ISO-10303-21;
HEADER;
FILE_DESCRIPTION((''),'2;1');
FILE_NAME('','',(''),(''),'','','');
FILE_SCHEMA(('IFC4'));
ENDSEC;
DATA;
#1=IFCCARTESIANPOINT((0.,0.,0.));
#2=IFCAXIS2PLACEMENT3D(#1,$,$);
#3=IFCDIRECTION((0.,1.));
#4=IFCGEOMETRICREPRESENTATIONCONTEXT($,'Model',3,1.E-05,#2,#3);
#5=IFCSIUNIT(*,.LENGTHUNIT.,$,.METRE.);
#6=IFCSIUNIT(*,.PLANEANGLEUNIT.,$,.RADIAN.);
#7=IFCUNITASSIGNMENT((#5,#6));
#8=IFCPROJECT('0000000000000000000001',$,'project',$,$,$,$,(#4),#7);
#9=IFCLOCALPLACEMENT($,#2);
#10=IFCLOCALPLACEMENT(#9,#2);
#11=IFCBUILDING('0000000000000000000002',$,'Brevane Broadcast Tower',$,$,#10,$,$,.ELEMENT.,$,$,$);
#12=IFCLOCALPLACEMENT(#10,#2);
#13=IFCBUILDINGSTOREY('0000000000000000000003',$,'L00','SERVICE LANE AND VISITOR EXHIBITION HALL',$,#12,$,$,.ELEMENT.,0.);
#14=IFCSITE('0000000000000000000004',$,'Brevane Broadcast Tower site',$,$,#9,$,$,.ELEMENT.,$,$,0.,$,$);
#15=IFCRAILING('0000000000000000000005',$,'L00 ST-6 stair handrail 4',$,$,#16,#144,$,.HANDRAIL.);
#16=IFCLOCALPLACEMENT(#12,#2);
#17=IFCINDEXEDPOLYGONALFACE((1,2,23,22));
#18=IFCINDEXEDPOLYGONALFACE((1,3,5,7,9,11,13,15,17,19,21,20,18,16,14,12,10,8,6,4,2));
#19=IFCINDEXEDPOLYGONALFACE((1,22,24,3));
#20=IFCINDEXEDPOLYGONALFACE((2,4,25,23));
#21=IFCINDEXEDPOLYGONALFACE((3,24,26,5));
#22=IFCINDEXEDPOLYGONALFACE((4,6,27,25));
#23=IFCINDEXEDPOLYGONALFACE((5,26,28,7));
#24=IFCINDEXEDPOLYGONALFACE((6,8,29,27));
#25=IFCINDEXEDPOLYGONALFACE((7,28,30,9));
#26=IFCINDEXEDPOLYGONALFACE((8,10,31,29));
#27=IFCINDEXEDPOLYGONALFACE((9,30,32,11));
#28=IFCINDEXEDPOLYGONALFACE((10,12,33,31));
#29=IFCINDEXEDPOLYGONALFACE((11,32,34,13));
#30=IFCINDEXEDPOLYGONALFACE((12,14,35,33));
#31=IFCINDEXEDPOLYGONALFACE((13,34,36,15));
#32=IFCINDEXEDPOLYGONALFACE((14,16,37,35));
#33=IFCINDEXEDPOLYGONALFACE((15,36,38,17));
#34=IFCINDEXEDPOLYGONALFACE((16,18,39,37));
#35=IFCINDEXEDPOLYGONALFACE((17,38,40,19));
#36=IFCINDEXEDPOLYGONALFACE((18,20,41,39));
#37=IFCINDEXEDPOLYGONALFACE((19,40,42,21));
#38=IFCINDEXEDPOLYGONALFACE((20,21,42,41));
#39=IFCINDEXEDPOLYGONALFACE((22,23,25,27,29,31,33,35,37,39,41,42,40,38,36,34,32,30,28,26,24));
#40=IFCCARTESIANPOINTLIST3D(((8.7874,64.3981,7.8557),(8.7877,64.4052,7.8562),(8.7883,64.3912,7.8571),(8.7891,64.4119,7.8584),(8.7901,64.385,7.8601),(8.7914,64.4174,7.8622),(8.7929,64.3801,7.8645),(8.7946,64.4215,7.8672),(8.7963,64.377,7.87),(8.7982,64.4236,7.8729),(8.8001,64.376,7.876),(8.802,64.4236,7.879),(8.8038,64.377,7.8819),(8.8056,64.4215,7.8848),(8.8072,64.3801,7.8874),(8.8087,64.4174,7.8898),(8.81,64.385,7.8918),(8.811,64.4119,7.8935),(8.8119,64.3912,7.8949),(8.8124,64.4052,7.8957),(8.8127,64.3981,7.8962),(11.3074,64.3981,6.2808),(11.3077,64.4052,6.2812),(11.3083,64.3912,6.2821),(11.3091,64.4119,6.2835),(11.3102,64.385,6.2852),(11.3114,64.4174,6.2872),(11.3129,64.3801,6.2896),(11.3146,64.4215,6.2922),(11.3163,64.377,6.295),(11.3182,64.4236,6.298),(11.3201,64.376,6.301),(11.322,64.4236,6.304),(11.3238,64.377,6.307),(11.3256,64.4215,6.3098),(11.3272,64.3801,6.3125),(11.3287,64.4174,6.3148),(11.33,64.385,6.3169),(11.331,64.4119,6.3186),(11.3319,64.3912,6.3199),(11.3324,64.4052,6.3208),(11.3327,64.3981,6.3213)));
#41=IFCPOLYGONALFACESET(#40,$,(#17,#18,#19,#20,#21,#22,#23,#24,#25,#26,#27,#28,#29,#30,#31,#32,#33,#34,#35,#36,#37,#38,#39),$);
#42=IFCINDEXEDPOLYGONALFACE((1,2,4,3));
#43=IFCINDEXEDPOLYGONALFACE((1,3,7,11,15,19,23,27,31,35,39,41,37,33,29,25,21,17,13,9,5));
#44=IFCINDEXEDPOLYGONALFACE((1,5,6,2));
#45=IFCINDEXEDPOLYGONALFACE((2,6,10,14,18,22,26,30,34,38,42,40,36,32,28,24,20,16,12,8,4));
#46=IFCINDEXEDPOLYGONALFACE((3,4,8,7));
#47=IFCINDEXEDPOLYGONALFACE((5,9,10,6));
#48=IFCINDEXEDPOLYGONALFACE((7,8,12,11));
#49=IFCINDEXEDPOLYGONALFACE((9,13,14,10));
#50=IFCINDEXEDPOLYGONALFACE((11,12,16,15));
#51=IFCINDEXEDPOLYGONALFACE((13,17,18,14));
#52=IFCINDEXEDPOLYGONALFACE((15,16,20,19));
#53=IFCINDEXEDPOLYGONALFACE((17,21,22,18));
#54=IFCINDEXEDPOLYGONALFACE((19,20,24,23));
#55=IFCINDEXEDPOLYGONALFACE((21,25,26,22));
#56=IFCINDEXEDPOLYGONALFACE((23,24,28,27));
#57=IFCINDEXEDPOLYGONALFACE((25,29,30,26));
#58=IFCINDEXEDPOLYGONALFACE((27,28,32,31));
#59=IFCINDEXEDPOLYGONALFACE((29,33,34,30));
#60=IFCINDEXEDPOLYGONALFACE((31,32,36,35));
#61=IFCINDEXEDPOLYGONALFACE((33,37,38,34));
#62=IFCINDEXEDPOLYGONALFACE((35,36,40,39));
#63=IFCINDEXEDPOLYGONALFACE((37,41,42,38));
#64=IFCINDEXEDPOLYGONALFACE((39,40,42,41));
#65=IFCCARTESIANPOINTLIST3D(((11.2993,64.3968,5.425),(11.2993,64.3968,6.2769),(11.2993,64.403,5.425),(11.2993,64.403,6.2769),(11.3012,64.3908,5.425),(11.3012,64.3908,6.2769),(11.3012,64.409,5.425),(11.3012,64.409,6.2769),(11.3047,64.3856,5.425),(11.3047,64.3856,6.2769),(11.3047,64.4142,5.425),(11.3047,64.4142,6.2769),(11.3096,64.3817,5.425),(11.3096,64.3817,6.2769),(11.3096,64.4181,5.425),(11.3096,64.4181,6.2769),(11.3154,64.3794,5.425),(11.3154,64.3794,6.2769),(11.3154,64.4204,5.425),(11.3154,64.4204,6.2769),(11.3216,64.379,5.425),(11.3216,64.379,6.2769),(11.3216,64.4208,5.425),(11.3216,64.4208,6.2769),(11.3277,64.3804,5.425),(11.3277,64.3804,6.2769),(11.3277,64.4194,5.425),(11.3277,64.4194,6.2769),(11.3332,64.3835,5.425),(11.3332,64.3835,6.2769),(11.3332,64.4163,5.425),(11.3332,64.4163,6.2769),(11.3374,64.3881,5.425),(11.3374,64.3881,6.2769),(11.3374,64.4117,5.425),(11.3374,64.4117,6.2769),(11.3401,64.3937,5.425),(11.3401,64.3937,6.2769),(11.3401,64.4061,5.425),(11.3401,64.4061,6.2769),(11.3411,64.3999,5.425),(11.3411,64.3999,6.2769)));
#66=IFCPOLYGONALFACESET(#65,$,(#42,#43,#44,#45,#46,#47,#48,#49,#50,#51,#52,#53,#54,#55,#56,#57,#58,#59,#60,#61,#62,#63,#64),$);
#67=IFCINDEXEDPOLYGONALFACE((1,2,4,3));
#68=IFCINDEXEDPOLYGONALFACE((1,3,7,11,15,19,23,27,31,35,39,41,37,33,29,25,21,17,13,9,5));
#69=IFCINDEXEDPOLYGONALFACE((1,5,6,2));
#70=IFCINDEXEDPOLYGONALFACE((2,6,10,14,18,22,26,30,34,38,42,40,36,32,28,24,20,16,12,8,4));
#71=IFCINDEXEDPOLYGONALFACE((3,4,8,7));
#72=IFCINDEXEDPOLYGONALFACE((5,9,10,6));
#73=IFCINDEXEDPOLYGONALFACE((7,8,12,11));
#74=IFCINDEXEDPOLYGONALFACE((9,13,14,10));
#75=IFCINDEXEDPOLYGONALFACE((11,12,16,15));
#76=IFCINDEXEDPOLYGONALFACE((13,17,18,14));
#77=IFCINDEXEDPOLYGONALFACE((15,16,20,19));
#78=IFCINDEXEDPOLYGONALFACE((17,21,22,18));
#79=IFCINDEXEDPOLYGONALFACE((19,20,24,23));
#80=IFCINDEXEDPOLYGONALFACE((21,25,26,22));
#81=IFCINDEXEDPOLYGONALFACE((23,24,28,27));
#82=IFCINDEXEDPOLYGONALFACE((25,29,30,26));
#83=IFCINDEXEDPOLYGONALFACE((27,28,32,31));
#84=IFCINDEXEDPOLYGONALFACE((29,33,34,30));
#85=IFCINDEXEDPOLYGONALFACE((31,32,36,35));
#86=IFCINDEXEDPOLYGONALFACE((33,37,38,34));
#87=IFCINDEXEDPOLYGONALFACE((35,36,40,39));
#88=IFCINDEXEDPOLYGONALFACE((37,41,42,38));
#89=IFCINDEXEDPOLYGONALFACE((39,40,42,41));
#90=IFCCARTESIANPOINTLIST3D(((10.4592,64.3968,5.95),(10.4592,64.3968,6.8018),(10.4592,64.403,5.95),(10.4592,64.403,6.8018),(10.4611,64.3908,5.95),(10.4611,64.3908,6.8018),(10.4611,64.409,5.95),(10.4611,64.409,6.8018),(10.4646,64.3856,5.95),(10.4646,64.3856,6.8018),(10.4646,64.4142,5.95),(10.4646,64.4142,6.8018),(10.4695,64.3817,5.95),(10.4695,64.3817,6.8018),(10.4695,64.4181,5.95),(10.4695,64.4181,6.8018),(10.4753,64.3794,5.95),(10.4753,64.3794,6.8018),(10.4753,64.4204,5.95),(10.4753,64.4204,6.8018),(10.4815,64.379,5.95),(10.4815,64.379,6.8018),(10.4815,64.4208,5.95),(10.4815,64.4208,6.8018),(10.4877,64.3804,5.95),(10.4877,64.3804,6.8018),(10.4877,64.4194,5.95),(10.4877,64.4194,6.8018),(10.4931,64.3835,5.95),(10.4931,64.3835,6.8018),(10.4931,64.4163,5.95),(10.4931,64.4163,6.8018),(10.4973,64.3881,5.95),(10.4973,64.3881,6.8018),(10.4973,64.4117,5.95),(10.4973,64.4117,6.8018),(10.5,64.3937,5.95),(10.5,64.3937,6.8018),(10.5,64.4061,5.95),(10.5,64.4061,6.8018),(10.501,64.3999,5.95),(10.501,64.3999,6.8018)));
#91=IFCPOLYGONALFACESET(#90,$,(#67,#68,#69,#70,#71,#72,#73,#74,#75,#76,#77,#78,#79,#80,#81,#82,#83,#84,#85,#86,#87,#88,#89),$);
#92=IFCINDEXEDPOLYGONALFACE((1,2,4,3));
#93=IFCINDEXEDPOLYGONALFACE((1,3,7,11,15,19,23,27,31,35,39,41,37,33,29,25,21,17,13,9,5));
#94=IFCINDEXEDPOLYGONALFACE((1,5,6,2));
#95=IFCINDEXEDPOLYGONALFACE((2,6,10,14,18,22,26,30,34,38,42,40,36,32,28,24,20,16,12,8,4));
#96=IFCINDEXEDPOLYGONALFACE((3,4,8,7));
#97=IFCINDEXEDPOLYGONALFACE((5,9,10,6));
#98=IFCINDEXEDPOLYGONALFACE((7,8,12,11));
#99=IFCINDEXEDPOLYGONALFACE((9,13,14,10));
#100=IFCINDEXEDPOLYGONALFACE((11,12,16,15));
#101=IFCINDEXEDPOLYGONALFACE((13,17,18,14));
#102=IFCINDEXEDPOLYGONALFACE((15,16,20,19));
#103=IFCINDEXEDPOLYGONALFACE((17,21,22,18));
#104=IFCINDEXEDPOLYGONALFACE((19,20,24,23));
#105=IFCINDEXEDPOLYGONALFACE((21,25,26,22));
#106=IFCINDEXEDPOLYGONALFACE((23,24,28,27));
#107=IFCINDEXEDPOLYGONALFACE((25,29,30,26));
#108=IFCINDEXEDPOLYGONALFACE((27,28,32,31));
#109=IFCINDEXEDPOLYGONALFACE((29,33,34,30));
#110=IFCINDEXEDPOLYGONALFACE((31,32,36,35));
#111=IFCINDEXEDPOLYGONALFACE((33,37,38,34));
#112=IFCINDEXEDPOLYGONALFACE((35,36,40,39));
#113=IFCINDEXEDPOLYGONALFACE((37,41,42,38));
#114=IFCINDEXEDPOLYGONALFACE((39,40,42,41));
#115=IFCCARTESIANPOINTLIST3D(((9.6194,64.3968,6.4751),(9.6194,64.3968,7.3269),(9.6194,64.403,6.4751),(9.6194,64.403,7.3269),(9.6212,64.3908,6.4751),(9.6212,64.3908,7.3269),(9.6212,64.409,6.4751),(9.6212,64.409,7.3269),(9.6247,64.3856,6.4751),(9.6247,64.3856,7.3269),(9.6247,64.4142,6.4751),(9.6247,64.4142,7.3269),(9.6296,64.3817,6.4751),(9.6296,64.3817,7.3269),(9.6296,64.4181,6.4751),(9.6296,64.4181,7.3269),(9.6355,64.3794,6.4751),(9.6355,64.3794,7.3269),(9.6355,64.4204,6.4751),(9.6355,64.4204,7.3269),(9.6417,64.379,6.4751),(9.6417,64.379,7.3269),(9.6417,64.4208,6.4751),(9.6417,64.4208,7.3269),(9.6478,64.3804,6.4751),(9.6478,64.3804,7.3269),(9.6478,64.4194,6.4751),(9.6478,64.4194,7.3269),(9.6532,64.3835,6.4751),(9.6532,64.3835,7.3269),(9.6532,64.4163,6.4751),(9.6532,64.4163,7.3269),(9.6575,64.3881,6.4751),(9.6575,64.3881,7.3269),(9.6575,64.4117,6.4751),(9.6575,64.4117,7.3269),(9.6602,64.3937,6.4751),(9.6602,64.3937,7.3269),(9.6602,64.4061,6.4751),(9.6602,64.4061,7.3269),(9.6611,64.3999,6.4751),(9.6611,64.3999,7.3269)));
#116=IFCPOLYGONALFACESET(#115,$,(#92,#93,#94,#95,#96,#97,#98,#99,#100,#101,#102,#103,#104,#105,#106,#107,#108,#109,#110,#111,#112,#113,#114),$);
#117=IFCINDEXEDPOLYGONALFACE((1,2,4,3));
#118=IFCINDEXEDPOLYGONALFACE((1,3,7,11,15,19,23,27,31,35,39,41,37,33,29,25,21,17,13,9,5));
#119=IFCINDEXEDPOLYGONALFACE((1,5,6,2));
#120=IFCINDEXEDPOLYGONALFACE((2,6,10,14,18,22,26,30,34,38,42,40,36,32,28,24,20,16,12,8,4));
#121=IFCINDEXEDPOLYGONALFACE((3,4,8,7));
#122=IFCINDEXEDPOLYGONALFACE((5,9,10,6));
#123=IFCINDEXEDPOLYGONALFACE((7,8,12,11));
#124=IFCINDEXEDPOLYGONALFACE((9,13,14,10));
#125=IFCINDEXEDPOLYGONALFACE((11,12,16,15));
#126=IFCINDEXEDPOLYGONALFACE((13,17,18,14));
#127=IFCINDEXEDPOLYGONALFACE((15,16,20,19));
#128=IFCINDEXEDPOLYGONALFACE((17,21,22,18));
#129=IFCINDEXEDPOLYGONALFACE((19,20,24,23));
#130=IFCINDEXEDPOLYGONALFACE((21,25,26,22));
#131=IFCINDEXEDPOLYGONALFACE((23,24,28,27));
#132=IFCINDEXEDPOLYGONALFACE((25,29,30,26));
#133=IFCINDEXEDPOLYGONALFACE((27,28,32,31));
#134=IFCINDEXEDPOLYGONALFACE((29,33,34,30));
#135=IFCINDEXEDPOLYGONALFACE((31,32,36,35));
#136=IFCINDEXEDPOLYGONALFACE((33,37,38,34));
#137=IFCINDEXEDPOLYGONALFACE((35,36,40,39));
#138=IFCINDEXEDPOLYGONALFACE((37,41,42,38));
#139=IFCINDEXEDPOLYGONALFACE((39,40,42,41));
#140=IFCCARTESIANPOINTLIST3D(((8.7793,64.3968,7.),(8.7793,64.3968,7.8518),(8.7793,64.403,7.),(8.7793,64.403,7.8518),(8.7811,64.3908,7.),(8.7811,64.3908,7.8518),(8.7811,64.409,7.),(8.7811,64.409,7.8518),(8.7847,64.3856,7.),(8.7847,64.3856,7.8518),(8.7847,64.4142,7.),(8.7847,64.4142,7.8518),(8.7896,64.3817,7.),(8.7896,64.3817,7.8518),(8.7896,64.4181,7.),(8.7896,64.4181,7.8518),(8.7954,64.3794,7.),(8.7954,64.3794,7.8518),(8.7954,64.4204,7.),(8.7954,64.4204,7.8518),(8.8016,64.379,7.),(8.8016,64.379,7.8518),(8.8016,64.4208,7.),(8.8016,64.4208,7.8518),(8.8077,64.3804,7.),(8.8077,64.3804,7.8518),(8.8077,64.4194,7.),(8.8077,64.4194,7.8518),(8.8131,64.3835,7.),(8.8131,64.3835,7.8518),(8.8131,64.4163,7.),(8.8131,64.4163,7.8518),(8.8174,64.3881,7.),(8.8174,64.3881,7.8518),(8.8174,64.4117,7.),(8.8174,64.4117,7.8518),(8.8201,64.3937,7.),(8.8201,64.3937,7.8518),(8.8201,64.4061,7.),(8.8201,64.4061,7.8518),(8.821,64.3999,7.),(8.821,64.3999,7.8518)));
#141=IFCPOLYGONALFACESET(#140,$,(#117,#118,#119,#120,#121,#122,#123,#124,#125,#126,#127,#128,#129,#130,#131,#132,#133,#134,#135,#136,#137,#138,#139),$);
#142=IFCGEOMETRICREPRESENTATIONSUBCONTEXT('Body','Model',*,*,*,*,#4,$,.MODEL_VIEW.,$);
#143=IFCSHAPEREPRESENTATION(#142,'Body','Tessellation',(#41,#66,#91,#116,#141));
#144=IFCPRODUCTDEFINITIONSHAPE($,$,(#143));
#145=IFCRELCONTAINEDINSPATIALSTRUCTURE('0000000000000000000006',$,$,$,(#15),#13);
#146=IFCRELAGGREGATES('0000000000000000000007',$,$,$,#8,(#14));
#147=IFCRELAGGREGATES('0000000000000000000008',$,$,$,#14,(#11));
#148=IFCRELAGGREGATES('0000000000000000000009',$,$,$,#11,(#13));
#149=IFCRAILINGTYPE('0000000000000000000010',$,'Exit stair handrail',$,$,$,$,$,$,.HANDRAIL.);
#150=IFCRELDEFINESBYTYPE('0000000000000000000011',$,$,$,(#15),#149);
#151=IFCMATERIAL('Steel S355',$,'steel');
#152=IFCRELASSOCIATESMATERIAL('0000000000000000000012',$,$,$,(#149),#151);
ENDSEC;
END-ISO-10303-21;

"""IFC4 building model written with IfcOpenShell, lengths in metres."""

from ifc_helpers import new_model, si_unit, direction, frame, origin, origin_2d, place, context, subcontext, project, spatial, circle, extrude, material, type_object, element, save


model = new_model("IFC4")

# Units and contexts
model_context = context("Model", 3, precision=1e-05, world=origin(), true_north=direction((0.0, 1.0)))
body_context = subcontext(model_context, "Body", "Model", "MODEL_VIEW")
ifc_project = project(units=[si_unit("LENGTHUNIT", "METRE"), si_unit("PLANEANGLEUNIT", "RADIAN")], contexts=[model_context])

# Site, building, storey
site_placement = place(None, origin())
site = spatial("IfcSite", under=ifc_project, at=site_placement, Name="Brevane Broadcast Tower site", CompositionType="ELEMENT", RefElevation=0.0)
building_placement = place(site_placement, origin())
building = spatial("IfcBuilding", under=site, at=building_placement, Name="Brevane Broadcast Tower", CompositionType="ELEMENT")
storey_placement = place(building_placement, origin())
storey = spatial("IfcBuildingStorey", under=building, at=storey_placement, Name="L00", Description="SERVICE LANE AND VISITOR EXHIBITION HALL", CompositionType="ELEMENT", Elevation=0.0)

# Railing
ifc_material_1 = material(Name="Steel S355", Category="steel")
railing_type_1 = type_object("IfcRailingType", Name="Exit stair handrail", PredefinedType="HANDRAIL", material=ifc_material_1)
for number, where, name in (
    (1, (11.3201, 64.3999, 5.425), "L00 ST-6 stair handrail 4"),
):
    element("IfcRailing", number, at=place(storey_placement, frame(where)), inside=storey, type_object=railing_type_1, Name=name, PredefinedType="HANDRAIL", context=body_context, shape_type="SweptSolid", body=[
        extrude(circle(Radius=0.0239, at=origin_2d()), frame((0.0, 0.0, 0.876), z_axis=(-0.848008, 0.0, 0.529984), x_axis=(0.0, -1.0, 0.0)), (0.0, 0.0, 1.0), 2.9717),
        extrude(circle(Radius=0.021, at=origin_2d()), origin(), (0.0, 0.0, 1.0), 0.8518),
        extrude(circle(Radius=0.021, at=origin_2d()), frame((-0.8401, 0.0, 0.5249)), (0.0, 0.0, 1.0), 0.8518),
        extrude(circle(Radius=0.021, at=origin_2d()), frame((-1.6799, 0.0, 1.05)), (0.0, 0.0, 1.0), 0.8518),
        extrude(circle(Radius=0.021, at=origin_2d()), frame((-2.52, 0.0, 1.575)), (0.0, 0.0, 1.0), 0.8518),
    ])

save(model, "model.ifc")
